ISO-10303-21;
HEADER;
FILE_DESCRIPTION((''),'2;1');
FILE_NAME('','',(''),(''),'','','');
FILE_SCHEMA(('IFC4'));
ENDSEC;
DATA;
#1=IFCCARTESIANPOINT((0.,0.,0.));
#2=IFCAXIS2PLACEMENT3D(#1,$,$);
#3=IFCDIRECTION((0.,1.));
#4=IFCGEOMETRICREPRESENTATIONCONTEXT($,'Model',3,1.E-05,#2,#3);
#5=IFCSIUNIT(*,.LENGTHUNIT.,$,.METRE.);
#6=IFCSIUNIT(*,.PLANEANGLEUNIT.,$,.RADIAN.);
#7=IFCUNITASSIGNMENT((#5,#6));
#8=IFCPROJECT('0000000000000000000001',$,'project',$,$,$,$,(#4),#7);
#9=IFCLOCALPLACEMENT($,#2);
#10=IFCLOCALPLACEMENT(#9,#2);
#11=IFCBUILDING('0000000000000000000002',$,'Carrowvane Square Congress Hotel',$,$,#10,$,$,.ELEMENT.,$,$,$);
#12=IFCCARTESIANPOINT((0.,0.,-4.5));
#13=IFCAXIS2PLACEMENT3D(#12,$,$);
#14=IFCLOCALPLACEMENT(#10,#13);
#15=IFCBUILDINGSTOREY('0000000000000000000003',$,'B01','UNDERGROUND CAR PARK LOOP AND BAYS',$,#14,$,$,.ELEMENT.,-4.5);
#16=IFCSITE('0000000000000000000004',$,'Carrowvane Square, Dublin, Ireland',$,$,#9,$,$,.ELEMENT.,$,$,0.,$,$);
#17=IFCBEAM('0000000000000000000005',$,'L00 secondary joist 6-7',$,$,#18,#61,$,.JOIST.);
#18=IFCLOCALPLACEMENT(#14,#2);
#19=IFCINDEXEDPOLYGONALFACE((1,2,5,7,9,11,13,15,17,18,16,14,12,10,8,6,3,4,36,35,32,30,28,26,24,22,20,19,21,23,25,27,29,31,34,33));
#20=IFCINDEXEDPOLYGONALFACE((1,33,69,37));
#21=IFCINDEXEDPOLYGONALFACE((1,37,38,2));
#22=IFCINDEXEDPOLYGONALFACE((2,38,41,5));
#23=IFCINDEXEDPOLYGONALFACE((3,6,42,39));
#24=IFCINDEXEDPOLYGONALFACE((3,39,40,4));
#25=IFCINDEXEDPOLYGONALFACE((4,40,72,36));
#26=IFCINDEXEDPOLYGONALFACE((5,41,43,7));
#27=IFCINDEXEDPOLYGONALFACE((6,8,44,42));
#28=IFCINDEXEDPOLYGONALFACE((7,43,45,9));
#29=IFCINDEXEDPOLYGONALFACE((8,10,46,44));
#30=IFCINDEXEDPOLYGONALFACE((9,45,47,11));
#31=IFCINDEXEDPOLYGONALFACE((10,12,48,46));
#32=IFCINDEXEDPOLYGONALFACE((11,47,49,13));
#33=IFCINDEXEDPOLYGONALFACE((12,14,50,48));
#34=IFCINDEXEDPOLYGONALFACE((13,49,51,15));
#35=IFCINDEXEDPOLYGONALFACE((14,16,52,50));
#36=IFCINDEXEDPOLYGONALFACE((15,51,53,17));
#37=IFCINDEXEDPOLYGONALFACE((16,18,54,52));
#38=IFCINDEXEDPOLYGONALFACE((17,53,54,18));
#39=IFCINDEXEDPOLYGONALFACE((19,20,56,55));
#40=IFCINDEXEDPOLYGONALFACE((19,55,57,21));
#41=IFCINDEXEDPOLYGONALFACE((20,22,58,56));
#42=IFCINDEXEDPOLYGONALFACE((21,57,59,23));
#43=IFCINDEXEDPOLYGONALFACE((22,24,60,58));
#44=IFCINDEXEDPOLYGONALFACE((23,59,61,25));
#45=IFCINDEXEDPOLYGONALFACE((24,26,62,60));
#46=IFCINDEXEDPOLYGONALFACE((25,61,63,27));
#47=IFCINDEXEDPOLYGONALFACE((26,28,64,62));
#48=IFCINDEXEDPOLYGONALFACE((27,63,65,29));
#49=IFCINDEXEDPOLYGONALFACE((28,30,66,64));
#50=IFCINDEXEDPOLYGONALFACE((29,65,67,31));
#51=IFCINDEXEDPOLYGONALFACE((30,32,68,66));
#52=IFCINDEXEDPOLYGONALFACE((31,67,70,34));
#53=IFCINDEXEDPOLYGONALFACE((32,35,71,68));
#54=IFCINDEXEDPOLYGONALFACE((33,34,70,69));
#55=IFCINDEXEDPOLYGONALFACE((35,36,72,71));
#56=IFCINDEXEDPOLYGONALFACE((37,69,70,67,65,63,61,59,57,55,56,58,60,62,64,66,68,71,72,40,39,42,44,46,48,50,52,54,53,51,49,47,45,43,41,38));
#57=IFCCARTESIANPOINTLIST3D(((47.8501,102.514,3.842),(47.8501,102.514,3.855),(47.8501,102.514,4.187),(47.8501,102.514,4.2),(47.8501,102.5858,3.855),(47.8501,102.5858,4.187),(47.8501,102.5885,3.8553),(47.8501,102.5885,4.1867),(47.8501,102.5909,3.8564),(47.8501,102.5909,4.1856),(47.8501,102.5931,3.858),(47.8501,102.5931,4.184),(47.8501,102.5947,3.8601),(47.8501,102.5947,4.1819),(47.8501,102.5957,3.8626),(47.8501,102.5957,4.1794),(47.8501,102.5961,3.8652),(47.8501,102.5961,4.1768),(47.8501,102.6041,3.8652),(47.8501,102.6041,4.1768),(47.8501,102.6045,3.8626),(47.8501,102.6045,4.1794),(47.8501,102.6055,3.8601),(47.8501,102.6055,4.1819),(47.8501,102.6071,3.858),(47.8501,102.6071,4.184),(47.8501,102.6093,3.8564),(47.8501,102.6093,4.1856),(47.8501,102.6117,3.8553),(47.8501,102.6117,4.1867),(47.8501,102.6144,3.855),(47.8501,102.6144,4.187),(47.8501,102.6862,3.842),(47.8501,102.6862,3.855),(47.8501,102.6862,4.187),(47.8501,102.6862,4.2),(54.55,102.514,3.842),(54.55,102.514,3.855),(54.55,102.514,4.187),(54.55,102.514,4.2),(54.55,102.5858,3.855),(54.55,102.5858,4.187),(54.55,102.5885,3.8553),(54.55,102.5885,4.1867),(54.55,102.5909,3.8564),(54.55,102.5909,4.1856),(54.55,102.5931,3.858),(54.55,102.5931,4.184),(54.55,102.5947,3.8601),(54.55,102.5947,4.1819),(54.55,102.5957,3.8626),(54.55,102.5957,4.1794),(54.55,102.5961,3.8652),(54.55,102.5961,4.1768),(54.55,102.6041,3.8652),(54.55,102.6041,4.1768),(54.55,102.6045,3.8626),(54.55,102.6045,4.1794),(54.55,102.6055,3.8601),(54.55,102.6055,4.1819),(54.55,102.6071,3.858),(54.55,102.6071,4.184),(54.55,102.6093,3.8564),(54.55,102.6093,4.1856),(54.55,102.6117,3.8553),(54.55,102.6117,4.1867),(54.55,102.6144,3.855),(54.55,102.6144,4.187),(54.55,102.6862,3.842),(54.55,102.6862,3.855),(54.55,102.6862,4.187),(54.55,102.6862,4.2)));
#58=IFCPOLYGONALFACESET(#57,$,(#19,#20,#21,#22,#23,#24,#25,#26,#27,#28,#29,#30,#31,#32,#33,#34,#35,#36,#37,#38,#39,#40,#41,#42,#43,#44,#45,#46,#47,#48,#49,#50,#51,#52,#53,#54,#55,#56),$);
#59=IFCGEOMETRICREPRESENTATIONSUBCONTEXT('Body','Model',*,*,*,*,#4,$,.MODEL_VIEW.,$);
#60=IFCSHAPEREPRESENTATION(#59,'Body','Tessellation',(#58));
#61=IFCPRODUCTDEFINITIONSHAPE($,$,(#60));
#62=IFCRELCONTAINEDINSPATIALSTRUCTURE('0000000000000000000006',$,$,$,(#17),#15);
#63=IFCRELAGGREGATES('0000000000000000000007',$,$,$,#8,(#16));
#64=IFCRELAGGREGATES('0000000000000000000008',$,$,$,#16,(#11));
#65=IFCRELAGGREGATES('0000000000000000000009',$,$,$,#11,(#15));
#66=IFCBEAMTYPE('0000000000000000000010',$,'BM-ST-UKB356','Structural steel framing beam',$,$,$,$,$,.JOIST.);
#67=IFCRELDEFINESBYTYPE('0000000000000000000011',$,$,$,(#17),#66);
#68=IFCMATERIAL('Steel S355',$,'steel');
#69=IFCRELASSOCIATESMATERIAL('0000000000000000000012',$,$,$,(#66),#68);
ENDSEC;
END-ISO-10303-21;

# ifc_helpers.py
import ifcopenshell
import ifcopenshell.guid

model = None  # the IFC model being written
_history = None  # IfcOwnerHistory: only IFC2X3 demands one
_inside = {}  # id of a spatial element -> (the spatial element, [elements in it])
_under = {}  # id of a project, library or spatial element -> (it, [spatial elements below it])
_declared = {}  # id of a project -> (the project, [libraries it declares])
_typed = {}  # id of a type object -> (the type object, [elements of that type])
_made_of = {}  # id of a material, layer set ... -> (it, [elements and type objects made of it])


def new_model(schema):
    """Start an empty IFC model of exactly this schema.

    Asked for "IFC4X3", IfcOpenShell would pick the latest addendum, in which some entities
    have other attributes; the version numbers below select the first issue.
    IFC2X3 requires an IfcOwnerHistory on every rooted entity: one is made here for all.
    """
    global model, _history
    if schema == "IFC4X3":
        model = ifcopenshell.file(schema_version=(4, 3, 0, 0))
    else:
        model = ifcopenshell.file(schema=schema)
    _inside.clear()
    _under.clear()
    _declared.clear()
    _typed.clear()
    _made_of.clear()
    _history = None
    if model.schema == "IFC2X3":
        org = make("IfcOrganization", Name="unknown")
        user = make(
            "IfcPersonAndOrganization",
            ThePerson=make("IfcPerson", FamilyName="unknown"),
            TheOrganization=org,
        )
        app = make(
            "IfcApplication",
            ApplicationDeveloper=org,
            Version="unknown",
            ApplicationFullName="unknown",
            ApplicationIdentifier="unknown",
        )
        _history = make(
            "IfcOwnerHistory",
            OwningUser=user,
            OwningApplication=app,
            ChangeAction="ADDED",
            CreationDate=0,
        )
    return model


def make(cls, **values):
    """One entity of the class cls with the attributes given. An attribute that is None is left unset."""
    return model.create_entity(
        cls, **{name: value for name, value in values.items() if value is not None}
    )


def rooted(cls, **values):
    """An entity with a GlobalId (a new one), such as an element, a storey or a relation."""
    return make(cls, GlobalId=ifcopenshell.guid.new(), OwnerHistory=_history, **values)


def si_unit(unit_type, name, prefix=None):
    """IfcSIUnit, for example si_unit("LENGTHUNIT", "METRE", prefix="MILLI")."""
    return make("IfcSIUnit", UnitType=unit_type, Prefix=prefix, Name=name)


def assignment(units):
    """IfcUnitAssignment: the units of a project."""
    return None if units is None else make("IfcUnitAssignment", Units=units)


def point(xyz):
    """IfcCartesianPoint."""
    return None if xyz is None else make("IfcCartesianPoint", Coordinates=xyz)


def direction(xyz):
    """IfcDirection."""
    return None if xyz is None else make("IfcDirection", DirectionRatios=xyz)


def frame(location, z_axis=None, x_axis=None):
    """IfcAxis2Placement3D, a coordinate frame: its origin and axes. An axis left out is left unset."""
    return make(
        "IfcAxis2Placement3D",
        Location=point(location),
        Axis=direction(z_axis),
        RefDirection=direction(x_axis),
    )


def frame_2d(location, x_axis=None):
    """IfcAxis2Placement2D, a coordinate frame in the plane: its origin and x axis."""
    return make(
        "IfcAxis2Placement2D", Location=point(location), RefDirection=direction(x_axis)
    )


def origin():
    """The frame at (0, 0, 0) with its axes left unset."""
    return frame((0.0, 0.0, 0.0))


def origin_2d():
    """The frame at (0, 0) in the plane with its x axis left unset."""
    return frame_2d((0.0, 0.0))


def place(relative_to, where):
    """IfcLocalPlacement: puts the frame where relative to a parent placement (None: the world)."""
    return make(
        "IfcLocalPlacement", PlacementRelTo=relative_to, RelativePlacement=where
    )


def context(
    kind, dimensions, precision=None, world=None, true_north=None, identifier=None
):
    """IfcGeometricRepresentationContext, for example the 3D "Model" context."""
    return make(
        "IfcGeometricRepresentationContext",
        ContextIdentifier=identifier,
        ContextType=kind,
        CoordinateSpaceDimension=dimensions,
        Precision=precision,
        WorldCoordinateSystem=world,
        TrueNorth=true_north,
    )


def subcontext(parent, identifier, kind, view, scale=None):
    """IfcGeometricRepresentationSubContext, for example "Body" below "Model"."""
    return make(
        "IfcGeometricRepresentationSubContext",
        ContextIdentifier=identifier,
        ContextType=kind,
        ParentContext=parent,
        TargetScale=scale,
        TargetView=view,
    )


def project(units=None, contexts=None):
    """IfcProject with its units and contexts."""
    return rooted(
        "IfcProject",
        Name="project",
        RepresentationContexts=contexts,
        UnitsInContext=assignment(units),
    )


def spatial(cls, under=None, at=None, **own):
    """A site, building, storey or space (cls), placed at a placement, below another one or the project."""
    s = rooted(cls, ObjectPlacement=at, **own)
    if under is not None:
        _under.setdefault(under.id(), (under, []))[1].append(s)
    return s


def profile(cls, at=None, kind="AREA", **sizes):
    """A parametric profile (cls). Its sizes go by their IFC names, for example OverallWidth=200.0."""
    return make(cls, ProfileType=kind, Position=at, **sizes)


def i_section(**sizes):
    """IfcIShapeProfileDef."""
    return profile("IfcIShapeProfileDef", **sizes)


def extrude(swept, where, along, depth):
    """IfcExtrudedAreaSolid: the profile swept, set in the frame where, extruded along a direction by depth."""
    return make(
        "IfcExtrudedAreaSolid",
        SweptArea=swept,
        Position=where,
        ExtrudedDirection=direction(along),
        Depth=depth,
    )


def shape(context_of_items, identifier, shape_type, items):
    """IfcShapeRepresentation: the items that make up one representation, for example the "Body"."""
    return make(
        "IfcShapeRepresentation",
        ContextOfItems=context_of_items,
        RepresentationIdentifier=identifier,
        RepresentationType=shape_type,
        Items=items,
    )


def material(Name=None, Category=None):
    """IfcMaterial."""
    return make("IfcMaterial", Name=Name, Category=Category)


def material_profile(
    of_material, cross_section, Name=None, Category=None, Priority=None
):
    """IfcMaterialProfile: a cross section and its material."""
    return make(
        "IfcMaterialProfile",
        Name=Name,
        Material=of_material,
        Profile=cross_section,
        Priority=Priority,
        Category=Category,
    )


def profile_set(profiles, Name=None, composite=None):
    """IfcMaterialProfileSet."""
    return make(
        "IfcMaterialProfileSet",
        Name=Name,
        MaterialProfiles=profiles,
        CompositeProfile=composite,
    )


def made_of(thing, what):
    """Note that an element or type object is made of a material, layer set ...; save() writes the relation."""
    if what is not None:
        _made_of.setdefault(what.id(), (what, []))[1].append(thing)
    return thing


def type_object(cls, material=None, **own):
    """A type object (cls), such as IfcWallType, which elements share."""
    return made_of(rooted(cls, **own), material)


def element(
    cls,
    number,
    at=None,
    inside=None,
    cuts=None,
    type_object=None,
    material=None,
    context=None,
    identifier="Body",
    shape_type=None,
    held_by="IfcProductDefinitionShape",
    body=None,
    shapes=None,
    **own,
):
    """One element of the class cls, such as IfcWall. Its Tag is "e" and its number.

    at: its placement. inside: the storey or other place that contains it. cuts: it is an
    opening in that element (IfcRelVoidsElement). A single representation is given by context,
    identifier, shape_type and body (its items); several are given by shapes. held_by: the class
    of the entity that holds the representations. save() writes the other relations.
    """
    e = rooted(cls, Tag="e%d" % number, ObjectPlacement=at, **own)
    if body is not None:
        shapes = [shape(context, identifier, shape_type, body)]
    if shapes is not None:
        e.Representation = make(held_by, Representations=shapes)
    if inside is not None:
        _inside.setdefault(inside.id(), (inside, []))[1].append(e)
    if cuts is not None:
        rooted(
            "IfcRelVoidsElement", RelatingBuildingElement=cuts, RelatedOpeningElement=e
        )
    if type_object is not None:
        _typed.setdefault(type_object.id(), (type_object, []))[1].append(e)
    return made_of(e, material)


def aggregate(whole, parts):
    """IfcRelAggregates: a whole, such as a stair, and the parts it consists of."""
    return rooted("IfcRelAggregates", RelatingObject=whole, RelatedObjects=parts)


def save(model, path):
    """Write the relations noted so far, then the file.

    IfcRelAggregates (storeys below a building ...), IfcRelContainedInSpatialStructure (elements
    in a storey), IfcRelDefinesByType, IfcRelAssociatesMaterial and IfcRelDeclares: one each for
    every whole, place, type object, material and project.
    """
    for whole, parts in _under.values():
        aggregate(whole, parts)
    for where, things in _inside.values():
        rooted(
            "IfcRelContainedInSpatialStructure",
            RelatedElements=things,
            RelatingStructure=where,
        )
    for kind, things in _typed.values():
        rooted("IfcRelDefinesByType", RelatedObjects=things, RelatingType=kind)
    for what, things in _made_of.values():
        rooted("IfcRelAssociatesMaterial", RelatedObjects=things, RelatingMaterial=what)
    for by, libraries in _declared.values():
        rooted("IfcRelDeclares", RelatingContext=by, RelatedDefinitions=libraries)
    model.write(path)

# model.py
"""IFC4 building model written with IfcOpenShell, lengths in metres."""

from ifc_helpers import new_model, si_unit, direction, frame, origin, origin_2d, place, context, subcontext, project, spatial, i_section, extrude, material, material_profile, profile_set, type_object, element, save


model = new_model("IFC4")

# Units and contexts
model_context = context("Model", 3, precision=1e-05, world=origin(), true_north=direction((0.0, 1.0)))
body_context = subcontext(model_context, "Body", "Model", "MODEL_VIEW")
ifc_project = project(units=[si_unit("LENGTHUNIT", "METRE"), si_unit("PLANEANGLEUNIT", "RADIAN")], contexts=[model_context])

# Site, building, storey
site_placement = place(None, origin())
site = spatial("IfcSite", under=ifc_project, at=site_placement, Name="Carrowvane Square, Dublin, Ireland", CompositionType="ELEMENT", RefElevation=0.0)
building_placement = place(site_placement, origin())
building = spatial("IfcBuilding", under=site, at=building_placement, Name="Carrowvane Square Congress Hotel", CompositionType="ELEMENT")
storey_placement = place(building_placement, frame((0.0, 0.0, -4.5)))
storey = spatial("IfcBuildingStorey", under=building, at=storey_placement, Name="B01", Description="UNDERGROUND CAR PARK LOOP AND BAYS", CompositionType="ELEMENT", Elevation=-4.5)

# Beam
ifc_material_1 = material(Name="Steel S355", Category="steel")
ifc_material_profile_1 = material_profile(ifc_material_1, i_section(OverallWidth=0.1721, OverallDepth=0.3579, WebThickness=0.0081, FlangeThickness=0.0129, FilletRadius=0.0103, at=origin_2d()), Name="UKB 356x171x57")
ifc_profile_set_1 = profile_set([ifc_material_profile_1], Name="Steel S355")
beam_type_1 = type_object("IfcBeamType", Name="BM-ST-UKB356", Description="Structural steel framing beam", PredefinedType="JOIST", material=ifc_profile_set_1)
for number, where, z_axis, x_axis, name in (
    (1, (47.8501, 102.6001, 4.021), (1.0, 0.0, 0.0), (0.0, 1.0, 0.0), "L00 secondary joist 6-7"),
):
    element("IfcBeam", number, at=place(storey_placement, frame(where, z_axis=z_axis, x_axis=x_axis)), inside=storey, type_object=beam_type_1, Name=name, PredefinedType="JOIST", context=body_context, shape_type="SweptSolid", body=[
        extrude(i_section(OverallWidth=0.1721, OverallDepth=0.3579, WebThickness=0.0081, FlangeThickness=0.0129, FilletRadius=0.0103, at=origin_2d()), origin(), (0.0, 0.0, 1.0), 6.7),
    ])

save(model, "model.ifc")
